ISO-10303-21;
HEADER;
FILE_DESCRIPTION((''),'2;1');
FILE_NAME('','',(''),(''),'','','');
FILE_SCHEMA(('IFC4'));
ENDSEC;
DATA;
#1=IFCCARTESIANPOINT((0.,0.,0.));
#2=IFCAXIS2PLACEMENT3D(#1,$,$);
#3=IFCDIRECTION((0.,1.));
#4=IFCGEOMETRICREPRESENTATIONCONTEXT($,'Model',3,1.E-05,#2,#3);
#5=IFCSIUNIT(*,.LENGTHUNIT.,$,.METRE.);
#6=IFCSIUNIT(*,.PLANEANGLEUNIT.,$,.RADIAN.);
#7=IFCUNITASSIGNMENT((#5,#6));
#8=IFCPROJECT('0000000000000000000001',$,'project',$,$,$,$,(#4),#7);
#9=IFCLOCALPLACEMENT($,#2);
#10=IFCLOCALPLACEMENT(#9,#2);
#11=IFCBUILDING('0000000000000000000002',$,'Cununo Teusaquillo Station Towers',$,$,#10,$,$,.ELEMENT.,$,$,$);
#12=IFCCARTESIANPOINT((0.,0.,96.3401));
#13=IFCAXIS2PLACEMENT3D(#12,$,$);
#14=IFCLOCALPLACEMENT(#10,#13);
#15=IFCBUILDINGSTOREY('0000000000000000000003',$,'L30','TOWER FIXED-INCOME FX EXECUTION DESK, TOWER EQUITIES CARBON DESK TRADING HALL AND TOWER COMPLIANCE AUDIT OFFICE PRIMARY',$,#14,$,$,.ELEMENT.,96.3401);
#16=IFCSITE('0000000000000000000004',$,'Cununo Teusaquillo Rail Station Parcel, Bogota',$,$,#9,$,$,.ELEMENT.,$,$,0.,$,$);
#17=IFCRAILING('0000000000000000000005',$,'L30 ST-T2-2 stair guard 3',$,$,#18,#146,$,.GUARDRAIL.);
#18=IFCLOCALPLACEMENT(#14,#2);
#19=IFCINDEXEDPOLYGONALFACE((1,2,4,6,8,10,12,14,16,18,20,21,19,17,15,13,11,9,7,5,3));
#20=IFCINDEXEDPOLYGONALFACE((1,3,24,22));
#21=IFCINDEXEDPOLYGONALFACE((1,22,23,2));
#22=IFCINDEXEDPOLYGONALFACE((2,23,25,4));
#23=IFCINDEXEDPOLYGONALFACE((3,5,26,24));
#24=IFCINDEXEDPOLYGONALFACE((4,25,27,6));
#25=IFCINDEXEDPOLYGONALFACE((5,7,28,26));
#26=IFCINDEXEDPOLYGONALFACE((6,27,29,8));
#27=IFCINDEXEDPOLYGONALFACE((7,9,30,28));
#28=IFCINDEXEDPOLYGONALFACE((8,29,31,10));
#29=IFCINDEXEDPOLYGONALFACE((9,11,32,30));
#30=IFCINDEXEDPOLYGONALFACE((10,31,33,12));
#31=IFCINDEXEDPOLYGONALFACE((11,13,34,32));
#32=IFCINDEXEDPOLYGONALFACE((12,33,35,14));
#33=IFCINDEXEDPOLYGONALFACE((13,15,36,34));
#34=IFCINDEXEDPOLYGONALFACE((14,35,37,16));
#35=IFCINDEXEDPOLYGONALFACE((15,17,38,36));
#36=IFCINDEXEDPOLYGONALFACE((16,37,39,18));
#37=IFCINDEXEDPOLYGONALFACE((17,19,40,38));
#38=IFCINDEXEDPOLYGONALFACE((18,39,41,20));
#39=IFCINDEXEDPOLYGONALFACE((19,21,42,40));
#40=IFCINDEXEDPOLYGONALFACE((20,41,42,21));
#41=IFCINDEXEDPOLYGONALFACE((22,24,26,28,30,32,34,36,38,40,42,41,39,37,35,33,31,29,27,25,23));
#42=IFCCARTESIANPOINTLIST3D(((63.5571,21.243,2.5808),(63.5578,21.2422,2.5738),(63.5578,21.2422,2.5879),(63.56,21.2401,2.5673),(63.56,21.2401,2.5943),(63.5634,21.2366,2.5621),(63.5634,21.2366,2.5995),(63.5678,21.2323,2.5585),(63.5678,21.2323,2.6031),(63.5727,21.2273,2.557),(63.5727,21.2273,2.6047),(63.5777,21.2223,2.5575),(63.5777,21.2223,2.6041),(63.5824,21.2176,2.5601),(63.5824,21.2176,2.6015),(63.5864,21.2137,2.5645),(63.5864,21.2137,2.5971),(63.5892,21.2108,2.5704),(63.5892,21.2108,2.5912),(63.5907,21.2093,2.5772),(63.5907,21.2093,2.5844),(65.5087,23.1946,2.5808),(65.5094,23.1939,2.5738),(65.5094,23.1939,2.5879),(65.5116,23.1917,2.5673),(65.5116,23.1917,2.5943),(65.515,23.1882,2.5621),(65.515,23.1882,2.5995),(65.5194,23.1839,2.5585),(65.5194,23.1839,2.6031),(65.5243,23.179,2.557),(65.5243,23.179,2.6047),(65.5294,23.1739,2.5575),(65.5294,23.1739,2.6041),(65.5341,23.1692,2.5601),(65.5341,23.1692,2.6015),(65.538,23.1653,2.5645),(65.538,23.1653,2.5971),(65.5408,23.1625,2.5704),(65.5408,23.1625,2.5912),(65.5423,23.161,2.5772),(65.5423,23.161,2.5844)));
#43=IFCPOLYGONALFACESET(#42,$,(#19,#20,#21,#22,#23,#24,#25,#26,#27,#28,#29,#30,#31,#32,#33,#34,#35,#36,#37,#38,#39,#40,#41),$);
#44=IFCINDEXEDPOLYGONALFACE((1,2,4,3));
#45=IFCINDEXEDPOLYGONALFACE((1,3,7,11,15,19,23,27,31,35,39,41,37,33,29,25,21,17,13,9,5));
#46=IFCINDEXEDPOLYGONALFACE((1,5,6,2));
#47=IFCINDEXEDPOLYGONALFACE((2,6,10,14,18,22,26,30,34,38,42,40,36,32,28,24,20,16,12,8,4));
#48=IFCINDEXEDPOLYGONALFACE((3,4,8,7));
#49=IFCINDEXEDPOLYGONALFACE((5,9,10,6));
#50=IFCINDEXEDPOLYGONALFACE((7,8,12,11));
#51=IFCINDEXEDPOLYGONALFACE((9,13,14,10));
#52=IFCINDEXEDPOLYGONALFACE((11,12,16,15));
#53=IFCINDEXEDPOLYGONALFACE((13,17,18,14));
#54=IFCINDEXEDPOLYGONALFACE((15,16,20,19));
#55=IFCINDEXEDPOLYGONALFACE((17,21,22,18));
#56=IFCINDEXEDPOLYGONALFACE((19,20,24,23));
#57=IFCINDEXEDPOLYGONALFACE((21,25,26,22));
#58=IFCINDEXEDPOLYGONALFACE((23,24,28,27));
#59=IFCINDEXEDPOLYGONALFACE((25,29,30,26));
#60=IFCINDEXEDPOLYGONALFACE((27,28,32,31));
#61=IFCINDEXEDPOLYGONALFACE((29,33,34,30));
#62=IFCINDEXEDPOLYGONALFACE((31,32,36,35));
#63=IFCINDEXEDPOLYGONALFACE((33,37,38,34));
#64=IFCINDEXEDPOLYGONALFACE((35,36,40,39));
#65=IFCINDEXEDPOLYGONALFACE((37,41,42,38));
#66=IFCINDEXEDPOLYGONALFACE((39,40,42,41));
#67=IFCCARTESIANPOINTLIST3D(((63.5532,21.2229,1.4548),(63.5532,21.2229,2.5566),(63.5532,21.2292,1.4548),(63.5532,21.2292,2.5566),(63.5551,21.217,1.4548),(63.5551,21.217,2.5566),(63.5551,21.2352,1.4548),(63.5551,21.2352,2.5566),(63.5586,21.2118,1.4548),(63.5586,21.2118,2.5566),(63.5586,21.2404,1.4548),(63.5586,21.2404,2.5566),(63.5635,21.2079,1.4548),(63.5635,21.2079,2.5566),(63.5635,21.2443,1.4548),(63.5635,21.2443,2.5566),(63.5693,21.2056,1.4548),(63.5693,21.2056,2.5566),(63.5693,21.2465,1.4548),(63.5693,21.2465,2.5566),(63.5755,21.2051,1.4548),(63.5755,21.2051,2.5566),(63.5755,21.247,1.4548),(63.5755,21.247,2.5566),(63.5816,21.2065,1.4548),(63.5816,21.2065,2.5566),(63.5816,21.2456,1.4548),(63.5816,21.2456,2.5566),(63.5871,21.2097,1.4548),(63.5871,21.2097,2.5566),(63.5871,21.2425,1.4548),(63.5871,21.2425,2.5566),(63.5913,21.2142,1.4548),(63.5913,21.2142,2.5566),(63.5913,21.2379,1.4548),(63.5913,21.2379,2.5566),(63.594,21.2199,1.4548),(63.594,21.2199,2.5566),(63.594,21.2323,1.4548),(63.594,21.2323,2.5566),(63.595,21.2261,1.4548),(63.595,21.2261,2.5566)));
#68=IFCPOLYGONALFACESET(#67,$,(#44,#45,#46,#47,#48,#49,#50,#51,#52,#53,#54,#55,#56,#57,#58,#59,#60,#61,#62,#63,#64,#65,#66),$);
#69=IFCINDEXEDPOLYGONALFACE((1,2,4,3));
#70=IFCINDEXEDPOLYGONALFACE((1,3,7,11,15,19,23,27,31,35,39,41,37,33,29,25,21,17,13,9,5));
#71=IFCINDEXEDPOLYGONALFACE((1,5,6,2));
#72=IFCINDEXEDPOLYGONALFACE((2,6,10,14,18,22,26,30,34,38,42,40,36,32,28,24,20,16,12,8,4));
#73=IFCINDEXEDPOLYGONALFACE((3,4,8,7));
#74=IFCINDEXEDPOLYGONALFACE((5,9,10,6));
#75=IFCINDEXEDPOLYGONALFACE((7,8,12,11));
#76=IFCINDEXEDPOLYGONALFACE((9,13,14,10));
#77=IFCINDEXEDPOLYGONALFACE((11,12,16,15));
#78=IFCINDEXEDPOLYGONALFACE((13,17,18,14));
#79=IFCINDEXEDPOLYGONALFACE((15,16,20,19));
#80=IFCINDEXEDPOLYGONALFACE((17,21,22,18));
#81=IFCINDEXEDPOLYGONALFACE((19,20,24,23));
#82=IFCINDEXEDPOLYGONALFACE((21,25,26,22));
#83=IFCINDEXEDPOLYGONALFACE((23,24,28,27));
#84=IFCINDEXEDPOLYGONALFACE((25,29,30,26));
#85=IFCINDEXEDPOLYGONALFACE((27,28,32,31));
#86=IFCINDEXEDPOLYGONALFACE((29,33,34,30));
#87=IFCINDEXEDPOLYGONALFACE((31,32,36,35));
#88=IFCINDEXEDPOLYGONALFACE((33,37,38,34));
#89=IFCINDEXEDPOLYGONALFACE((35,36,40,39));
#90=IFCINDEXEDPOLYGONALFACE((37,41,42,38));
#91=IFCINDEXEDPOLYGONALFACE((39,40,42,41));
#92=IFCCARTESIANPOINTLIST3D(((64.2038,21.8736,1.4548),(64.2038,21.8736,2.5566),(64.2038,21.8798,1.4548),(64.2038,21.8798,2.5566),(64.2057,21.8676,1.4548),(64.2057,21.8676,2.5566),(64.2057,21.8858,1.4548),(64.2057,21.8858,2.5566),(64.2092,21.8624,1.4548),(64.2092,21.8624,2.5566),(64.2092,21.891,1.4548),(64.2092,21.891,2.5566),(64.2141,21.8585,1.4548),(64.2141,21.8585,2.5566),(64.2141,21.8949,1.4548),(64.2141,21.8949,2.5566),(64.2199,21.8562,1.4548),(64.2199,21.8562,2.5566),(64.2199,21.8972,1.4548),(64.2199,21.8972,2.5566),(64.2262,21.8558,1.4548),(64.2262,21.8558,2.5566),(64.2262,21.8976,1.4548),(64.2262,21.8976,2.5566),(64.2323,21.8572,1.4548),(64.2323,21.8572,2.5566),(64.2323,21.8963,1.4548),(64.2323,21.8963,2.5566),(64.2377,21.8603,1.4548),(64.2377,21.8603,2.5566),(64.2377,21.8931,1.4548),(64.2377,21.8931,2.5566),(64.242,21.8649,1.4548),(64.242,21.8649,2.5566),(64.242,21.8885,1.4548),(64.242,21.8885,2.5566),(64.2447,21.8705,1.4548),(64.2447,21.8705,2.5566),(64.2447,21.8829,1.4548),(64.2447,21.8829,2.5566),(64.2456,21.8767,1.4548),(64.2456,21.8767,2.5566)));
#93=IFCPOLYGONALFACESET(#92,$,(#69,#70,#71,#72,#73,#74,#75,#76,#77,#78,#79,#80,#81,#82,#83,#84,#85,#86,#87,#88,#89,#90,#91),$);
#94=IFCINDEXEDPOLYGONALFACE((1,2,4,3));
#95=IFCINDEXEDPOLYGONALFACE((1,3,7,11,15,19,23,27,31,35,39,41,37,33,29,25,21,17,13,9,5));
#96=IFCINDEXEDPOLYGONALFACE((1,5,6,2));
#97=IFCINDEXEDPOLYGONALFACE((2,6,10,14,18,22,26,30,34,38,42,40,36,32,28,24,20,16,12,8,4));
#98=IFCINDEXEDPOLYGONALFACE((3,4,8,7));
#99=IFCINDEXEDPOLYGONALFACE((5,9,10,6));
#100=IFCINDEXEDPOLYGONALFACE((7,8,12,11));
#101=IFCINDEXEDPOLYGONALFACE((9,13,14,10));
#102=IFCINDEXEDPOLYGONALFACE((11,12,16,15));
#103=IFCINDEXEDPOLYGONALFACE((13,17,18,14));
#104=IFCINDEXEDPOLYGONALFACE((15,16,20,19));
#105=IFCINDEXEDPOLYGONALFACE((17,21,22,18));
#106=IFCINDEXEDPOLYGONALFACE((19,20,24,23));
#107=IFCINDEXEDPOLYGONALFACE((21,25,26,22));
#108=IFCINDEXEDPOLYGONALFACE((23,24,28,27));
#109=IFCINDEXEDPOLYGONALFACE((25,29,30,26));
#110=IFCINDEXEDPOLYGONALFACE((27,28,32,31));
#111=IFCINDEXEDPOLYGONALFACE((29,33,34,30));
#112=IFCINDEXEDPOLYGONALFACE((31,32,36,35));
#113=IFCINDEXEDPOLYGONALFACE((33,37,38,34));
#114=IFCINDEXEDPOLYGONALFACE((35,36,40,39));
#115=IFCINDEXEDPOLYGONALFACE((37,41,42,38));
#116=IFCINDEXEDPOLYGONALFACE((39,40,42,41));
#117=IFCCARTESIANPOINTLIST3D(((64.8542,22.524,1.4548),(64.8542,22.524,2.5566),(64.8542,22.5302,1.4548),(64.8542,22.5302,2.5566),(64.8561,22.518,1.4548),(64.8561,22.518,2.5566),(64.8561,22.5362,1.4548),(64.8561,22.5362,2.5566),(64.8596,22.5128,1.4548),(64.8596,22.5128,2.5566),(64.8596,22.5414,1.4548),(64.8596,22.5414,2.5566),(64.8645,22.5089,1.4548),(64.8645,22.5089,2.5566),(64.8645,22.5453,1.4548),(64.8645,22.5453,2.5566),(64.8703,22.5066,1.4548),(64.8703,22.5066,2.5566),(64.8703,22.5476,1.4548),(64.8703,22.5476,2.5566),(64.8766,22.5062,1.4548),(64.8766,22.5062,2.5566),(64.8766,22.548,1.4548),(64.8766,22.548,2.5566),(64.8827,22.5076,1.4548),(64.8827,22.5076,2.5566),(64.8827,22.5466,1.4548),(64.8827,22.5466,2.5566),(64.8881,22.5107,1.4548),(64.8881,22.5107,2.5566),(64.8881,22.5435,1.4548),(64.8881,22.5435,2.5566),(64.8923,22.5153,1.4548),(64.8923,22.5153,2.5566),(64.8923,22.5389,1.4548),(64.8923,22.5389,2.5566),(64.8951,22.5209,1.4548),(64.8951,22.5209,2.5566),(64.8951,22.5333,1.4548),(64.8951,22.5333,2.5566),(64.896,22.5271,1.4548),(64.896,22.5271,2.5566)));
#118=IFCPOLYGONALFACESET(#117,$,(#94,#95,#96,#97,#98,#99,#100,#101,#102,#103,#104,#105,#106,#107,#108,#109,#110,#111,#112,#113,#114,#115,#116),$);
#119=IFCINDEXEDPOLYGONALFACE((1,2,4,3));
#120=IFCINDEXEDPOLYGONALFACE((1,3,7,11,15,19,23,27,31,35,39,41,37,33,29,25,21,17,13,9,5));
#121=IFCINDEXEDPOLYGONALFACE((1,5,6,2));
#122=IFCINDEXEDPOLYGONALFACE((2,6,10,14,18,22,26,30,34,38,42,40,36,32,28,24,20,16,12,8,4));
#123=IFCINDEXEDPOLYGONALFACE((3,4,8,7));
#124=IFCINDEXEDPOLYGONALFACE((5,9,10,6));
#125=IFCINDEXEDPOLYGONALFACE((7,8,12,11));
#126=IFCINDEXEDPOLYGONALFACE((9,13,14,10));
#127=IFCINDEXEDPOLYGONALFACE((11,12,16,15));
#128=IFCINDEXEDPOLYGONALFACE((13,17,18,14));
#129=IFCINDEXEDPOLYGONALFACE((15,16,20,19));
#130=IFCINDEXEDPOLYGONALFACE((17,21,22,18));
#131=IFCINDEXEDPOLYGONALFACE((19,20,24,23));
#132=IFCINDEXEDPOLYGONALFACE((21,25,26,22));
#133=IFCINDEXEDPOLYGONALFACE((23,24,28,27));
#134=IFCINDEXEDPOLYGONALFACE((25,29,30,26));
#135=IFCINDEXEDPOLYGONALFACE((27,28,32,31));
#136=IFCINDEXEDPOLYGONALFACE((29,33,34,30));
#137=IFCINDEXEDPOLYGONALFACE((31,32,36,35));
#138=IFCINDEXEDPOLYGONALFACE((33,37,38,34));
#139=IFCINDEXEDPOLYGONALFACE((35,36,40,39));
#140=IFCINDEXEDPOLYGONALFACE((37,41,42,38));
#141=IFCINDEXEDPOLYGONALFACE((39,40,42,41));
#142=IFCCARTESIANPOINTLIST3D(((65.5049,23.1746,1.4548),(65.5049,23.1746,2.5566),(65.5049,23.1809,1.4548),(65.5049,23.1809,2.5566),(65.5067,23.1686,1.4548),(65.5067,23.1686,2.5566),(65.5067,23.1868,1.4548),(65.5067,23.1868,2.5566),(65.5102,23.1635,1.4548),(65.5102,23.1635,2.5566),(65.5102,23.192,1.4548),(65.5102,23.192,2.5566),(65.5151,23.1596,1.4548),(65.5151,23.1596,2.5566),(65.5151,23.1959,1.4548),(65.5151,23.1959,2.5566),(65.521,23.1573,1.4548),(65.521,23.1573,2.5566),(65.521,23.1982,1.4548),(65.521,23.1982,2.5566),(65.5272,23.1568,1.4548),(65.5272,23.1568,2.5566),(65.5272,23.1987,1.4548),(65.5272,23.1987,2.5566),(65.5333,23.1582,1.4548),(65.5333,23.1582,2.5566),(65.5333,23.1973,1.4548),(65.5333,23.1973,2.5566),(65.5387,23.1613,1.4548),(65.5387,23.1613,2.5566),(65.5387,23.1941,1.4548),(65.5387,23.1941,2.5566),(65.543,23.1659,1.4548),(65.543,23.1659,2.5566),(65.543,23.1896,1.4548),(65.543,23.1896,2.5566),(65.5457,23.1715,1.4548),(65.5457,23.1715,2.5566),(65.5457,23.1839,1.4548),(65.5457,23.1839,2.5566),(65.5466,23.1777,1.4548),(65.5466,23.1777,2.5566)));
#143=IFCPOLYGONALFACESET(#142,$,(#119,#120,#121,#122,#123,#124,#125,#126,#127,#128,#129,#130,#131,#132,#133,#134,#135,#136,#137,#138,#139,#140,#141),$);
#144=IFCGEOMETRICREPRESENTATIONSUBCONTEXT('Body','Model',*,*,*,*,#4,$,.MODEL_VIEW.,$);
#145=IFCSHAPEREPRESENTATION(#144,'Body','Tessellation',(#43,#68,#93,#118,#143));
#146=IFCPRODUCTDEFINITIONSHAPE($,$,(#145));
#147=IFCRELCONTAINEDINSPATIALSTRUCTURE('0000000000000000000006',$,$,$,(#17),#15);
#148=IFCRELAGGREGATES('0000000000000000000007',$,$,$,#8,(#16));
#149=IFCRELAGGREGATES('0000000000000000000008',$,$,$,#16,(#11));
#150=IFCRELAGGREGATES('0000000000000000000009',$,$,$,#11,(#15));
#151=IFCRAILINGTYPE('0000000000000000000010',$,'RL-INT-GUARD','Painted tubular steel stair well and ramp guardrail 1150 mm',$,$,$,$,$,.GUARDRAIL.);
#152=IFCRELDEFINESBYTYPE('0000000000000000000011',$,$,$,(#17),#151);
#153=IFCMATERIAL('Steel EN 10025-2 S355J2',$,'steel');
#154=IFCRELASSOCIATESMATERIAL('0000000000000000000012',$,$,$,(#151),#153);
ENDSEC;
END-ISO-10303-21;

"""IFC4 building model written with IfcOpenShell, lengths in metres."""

from ifc_helpers import new_model, si_unit, direction, frame, origin, origin_2d, place, context, subcontext, project, spatial, circle, extrude, material, type_object, element, save


model = new_model("IFC4")

# Units and contexts
model_context = context("Model", 3, precision=1e-05, world=origin(), true_north=direction((0.0, 1.0)))
body_context = subcontext(model_context, "Body", "Model", "MODEL_VIEW")
ifc_project = project(units=[si_unit("LENGTHUNIT", "METRE"), si_unit("PLANEANGLEUNIT", "RADIAN")], contexts=[model_context])

# Site, building, storey
site_placement = place(None, origin())
site = spatial("IfcSite", under=ifc_project, at=site_placement, Name="Cununo Teusaquillo Rail Station Parcel, Bogota", CompositionType="ELEMENT", RefElevation=0.0)
building_placement = place(site_placement, origin())
building = spatial("IfcBuilding", under=site, at=building_placement, Name="Cununo Teusaquillo Station Towers", CompositionType="ELEMENT")
storey_placement = place(building_placement, frame((0.0, 0.0, 96.3401)))
storey = spatial("IfcBuildingStorey", under=building, at=storey_placement, Name="L30", Description="TOWER FIXED-INCOME FX EXECUTION DESK, TOWER EQUITIES CARBON DESK TRADING HALL AND TOWER COMPLIANCE AUDIT OFFICE PRIMARY", CompositionType="ELEMENT", Elevation=96.3401)

# Railing
ifc_material_1 = material(Name="Steel EN 10025-2 S355J2", Category="steel")
railing_type = type_object("IfcRailingType", Name="RL-INT-GUARD", Description="Painted tubular steel stair well and ramp guardrail 1150 mm", PredefinedType="GUARDRAIL", material=ifc_material_1)
railing_1_placement = place(storey_placement, frame((63.574, 21.2261, 1.4548)))
element("IfcRailing", 1, at=railing_1_placement, inside=storey, type_object=railing_type, Name="L30 ST-T2-2 stair guard 3", PredefinedType="GUARDRAIL", context=body_context, shape_type="SweptSolid", body=[
    extrude(circle(Radius=0.0239, at=origin_2d()), frame((0.0, 0.0, 1.126), z_axis=(0.707107, 0.707107, 0.0), x_axis=(-0.707107, 0.707107, 0.0)), (0.0, 0.0, 1.0), 2.76),
    extrude(circle(Radius=0.021, at=origin_2d()), origin(), (0.0, 0.0, 1.0), 1.1018),
    extrude(circle(Radius=0.021, at=origin_2d()), frame((0.6506, 0.6506, 0.0)), (0.0, 0.0, 1.0), 1.1018),
    extrude(circle(Radius=0.021, at=origin_2d()), frame((1.301, 1.301, 0.0)), (0.0, 0.0, 1.0), 1.1018),
    extrude(circle(Radius=0.021, at=origin_2d()), frame((1.9517, 1.9517, 0.0)), (0.0, 0.0, 1.0), 1.1018),
])

save(model, "model.ifc")
